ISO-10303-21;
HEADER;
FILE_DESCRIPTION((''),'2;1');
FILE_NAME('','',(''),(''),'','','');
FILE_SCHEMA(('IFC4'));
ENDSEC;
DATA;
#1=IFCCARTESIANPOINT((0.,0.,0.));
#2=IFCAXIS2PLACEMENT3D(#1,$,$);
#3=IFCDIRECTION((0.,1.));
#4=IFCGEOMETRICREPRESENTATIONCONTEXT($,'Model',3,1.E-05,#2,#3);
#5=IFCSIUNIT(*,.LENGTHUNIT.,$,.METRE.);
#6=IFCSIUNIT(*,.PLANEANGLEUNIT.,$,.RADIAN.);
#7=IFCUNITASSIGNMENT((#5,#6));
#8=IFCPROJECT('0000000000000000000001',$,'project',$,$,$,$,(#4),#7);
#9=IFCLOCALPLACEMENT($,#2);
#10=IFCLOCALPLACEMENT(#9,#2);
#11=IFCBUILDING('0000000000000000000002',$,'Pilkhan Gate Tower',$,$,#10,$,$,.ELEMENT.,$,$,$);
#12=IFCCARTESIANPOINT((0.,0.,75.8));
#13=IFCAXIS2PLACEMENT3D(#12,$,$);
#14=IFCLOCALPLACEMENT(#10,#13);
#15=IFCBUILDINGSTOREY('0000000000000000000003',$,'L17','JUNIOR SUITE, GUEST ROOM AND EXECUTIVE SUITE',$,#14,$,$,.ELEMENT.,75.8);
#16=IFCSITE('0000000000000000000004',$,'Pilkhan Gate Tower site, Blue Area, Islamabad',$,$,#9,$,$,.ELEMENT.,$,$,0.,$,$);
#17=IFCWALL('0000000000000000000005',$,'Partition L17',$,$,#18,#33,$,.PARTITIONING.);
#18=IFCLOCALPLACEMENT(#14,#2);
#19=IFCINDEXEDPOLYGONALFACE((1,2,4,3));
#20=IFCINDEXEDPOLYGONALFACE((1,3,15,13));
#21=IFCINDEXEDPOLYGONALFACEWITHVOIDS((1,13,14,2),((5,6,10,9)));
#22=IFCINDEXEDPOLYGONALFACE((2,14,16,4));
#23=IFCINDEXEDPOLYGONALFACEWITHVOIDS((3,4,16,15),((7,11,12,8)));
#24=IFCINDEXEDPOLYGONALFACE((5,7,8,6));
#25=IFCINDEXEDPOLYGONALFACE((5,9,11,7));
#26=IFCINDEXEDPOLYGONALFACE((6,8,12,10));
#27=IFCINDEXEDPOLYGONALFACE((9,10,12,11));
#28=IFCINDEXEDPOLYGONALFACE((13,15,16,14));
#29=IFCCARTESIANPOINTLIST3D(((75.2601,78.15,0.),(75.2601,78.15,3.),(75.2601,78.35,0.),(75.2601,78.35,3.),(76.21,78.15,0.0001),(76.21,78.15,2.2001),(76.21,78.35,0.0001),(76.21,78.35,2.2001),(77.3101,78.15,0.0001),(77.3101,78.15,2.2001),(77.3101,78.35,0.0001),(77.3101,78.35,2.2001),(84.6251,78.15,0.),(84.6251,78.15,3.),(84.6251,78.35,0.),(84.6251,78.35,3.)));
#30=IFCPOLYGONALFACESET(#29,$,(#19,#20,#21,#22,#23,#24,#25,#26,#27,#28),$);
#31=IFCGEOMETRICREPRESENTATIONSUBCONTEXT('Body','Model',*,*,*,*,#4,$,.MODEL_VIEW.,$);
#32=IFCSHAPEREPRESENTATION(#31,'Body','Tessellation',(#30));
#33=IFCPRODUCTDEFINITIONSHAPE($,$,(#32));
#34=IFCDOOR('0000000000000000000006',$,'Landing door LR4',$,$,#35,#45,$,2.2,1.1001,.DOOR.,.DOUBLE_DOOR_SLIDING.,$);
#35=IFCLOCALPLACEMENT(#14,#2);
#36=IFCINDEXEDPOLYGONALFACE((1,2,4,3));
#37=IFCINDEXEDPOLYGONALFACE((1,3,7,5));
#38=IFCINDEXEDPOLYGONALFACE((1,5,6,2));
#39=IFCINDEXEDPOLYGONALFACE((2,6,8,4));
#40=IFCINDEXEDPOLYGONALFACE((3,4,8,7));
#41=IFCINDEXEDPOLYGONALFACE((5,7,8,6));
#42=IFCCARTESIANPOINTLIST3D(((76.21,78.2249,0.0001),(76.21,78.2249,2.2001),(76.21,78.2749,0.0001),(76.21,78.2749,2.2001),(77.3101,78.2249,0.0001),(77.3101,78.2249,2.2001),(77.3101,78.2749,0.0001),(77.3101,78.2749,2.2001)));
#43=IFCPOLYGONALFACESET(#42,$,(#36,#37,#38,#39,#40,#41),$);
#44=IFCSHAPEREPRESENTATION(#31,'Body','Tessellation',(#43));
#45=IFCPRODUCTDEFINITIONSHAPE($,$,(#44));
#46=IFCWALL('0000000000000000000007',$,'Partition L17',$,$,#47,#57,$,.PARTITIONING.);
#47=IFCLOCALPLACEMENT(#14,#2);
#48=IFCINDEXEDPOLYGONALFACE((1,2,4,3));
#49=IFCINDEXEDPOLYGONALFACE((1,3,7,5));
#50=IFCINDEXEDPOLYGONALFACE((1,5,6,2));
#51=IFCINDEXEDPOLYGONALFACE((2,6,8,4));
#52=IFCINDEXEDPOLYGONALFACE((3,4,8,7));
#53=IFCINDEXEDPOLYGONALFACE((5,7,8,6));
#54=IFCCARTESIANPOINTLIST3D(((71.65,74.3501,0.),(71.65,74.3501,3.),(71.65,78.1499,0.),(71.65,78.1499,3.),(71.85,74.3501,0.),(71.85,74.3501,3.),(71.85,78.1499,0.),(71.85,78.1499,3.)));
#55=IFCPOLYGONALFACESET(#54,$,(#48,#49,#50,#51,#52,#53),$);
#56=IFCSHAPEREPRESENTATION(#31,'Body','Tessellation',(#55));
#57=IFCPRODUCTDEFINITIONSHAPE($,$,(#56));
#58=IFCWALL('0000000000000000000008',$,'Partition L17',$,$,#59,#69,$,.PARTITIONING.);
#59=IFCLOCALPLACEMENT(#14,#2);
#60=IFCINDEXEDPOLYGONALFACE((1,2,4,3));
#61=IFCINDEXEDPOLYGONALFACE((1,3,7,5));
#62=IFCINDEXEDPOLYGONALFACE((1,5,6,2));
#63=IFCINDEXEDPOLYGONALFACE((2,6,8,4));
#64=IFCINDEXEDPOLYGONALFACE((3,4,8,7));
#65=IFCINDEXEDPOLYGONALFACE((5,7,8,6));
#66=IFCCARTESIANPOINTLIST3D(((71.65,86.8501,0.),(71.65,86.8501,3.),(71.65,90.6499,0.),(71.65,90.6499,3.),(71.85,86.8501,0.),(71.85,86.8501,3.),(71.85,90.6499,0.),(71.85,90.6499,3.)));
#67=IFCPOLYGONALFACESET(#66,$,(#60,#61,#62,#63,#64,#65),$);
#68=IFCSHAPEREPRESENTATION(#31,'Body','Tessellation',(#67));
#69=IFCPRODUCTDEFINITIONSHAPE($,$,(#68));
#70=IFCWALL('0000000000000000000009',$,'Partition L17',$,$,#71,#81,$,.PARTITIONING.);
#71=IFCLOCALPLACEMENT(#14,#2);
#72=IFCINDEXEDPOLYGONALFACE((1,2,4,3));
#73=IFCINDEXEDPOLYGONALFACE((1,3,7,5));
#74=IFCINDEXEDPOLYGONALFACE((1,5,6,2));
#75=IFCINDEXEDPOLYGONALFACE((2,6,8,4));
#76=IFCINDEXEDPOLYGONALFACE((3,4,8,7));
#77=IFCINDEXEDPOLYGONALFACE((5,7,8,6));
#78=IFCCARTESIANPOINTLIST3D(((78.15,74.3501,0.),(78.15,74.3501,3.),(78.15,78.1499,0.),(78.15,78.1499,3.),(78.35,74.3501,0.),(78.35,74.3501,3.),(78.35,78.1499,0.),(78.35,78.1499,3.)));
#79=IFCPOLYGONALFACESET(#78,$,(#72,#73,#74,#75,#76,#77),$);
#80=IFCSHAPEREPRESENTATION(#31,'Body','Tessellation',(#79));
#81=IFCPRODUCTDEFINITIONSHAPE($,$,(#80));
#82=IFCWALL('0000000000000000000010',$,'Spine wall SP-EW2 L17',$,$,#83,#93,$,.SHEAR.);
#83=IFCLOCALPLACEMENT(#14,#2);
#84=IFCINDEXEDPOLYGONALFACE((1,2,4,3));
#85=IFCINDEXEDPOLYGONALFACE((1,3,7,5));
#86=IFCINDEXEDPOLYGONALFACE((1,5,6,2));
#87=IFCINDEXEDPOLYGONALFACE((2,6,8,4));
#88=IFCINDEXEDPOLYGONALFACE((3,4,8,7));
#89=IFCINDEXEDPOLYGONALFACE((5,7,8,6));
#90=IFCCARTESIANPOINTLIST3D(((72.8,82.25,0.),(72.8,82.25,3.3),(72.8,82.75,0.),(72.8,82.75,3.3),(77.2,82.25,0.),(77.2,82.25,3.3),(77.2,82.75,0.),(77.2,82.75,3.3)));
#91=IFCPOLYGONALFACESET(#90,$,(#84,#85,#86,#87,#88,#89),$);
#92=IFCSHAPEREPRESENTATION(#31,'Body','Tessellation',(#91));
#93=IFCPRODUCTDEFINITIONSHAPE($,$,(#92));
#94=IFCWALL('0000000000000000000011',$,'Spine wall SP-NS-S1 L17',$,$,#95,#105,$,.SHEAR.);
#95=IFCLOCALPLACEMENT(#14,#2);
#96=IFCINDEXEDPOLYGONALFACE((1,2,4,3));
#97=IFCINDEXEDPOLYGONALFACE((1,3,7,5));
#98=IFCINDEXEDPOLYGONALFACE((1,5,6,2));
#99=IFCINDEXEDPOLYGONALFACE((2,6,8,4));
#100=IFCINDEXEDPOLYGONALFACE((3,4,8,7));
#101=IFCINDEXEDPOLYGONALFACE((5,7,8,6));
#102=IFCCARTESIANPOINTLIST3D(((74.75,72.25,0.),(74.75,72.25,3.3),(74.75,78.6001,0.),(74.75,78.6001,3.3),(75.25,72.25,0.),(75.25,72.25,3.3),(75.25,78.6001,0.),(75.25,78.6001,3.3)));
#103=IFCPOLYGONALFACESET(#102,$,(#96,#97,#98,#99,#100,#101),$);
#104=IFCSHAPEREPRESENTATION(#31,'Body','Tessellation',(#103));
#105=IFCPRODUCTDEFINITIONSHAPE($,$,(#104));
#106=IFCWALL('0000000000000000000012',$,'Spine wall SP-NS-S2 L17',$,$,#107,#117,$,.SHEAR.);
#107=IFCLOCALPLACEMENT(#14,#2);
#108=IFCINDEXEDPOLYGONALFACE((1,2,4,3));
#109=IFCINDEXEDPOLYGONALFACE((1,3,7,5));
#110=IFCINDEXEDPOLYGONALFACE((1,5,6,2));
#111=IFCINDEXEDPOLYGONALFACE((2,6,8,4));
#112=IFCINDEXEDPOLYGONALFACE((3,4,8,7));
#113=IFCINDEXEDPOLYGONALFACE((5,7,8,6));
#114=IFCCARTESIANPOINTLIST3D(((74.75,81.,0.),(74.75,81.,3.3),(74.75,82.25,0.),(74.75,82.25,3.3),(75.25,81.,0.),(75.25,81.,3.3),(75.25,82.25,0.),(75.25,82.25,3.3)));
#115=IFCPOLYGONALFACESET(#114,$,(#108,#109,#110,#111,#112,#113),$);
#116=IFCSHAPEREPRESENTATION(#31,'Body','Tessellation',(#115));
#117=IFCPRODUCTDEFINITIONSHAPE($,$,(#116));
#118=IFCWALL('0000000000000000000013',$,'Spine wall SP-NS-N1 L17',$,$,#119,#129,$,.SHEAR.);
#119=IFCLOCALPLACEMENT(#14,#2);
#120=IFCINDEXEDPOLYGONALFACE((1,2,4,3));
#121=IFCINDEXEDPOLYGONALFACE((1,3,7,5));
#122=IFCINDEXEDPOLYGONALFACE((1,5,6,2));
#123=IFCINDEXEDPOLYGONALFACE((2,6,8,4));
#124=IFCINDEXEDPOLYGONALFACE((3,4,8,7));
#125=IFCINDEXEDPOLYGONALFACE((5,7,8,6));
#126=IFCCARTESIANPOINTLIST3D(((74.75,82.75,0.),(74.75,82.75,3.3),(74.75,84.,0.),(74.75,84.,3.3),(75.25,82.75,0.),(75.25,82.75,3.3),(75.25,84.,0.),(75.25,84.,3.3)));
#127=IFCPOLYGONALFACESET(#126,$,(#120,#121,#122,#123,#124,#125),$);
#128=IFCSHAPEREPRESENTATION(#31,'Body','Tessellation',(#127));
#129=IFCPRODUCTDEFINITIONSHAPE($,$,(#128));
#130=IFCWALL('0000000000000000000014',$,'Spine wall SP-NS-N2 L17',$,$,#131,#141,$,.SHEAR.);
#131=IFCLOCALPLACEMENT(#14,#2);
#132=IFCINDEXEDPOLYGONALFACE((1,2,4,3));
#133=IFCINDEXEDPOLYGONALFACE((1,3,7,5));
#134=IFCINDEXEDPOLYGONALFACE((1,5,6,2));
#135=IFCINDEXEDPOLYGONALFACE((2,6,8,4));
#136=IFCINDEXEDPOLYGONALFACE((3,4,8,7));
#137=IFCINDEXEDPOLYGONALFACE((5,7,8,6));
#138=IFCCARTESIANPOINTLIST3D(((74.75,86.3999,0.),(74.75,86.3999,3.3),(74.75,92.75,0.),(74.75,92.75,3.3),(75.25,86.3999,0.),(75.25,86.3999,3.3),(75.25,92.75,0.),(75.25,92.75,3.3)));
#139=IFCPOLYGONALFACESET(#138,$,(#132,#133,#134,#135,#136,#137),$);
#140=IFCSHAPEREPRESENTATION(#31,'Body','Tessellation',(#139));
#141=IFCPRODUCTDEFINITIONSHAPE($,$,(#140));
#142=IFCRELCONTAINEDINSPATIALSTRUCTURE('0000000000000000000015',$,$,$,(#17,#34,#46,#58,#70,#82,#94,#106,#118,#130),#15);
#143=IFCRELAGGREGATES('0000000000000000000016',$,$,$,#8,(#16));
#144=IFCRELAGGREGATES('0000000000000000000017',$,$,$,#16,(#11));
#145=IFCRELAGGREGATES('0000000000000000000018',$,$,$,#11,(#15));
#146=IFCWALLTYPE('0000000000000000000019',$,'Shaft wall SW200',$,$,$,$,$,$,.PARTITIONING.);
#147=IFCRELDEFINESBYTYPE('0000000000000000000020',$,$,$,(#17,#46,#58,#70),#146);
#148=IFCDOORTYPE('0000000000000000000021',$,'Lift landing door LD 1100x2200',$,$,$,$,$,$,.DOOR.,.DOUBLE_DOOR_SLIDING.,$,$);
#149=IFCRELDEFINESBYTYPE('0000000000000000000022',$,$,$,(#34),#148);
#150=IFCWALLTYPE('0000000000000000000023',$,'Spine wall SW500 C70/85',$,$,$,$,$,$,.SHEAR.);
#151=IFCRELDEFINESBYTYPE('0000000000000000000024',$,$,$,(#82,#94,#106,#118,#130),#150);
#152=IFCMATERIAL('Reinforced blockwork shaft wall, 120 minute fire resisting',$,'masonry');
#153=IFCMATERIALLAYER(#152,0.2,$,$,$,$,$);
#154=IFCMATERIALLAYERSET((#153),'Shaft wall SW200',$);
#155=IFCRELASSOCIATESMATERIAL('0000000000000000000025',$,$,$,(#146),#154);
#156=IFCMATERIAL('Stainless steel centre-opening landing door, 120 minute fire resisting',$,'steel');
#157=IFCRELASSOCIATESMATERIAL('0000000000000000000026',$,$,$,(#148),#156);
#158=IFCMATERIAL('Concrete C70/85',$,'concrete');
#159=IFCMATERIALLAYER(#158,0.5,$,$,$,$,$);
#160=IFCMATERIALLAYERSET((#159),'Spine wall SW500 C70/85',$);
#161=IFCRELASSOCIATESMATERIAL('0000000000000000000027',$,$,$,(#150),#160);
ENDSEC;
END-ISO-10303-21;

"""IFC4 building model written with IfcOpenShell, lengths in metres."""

from ifc_helpers import new_model, si_unit, direction, frame, frame_2d, origin, place, context, subcontext, project, spatial, rectangle, extrude, material, layer, layer_set, type_object, element, fill, save


model = new_model("IFC4")

# Units and contexts
model_context = context("Model", 3, precision=1e-05, world=origin(), true_north=direction((0.0, 1.0)))
body_context = subcontext(model_context, "Body", "Model", "MODEL_VIEW")
ifc_project = project(units=[si_unit("LENGTHUNIT", "METRE"), si_unit("PLANEANGLEUNIT", "RADIAN")], contexts=[model_context])

# Site, building, storey
site_placement = place(None, origin())
site = spatial("IfcSite", under=ifc_project, at=site_placement, Name="Pilkhan Gate Tower site, Blue Area, Islamabad", CompositionType="ELEMENT", RefElevation=0.0)
building_placement = place(site_placement, origin())
building = spatial("IfcBuilding", under=site, at=building_placement, Name="Pilkhan Gate Tower", CompositionType="ELEMENT")
storey_placement = place(building_placement, frame((0.0, 0.0, 75.8)))
storey = spatial("IfcBuildingStorey", under=building, at=storey_placement, Name="L17", Description="JUNIOR SUITE, GUEST ROOM AND EXECUTIVE SUITE", CompositionType="ELEMENT", Elevation=75.8)

# Shared definitions
ifc_material_1 = material(Name="Concrete C70/85", Category="concrete")

# Shared definitions
ifc_material_2 = material(Name="Reinforced blockwork shaft wall, 120 minute fire resisting", Category="masonry")
ifc_layer_1 = layer(ifc_material_2, 0.2)
ifc_layer_set_1 = layer_set([ifc_layer_1], Name="Shaft wall SW200")
wall_type_1 = type_object("IfcWallType", Name="Shaft wall SW200", PredefinedType="PARTITIONING", material=ifc_layer_set_1)

# Wall, opening, door
wall_1_placement = place(storey_placement, frame((75.26, 78.25, 0.0), z_axis=(0.0, 0.0, 1.0), x_axis=(1.0, 0.0, 0.0)))
wall_1 = element("IfcWall", 1, at=wall_1_placement, inside=storey, type_object=wall_type_1, Name="Partition L17", PredefinedType="PARTITIONING", context=body_context, shape_type="SweptSolid", body=[
    extrude(rectangle(XDim=9.365, YDim=0.2, at=frame_2d((4.6826, 0.0))), origin(), (0.0, 0.0, 1.0), 3.0),
])
opening_1_placement = place(wall_1_placement, frame((0.95, 0.0, 0.0)))
opening_1 = element("IfcOpeningElement", 2, at=opening_1_placement, cuts=wall_1, PredefinedType="OPENING", context=body_context, shape_type="SweptSolid", body=[
    extrude(rectangle(XDim=1.1001, YDim=2.2, at=frame_2d((0.55, 1.1001))), frame((0.0, 0.1099, 0.0), z_axis=(0.0, -1.0, 0.0), x_axis=(1.0, 0.0, 0.0)), (0.0, 0.0, 1.0), 0.22),
])
ifc_material_3 = material(Name="Stainless steel centre-opening landing door, 120 minute fire resisting", Category="steel")
door_type_1 = type_object("IfcDoorType", Name="Lift landing door LD 1100x2200", OperationType="DOUBLE_DOOR_SLIDING", PredefinedType="DOOR", material=ifc_material_3)
door_1_placement = place(opening_1_placement, origin())
door_1 = element("IfcDoor", 3, at=door_1_placement, inside=storey, type_object=door_type_1, Name="Landing door LR4", OperationType="DOUBLE_DOOR_SLIDING", OverallHeight=2.2, OverallWidth=1.1001, PredefinedType="DOOR", context=body_context, shape_type="SweptSolid", body=[
    extrude(rectangle(XDim=1.1001, YDim=2.2, at=frame_2d((0.55, 1.1001))), frame((0.0, 0.0249, 0.0), z_axis=(0.0, -1.0, 0.0), x_axis=(1.0, 0.0, 0.0)), (0.0, 0.0, 1.0), 0.05),
])
fill(opening_1, door_1)

# Walls
for number, where, z_axis, x_axis, name in (
    (4, (71.75, 74.3501, 0.0), (0.0, 0.0, 1.0), (0.0, 1.0, 0.0), "Partition L17"),
    (5, (71.75, 86.8501, 0.0), (0.0, 0.0, 1.0), (0.0, 1.0, 0.0), "Partition L17"),
    (6, (78.25, 74.3501, 0.0), (0.0, 0.0, 1.0), (0.0, 1.0, 0.0), "Partition L17"),
):
    element("IfcWall", number, at=place(storey_placement, frame(where, z_axis=z_axis, x_axis=x_axis)), inside=storey, type_object=wall_type_1, Name=name, PredefinedType="PARTITIONING", context=body_context, shape_type="SweptSolid", body=[
        extrude(rectangle(XDim=3.7998, YDim=0.2, at=frame_2d((1.8999, 0.0))), origin(), (0.0, 0.0, 1.0), 3.0),
    ])
ifc_layer_2 = layer(ifc_material_1, 0.5)
ifc_layer_set_2 = layer_set([ifc_layer_2], Name="Spine wall SW500 C70/85")
wall_type_2 = type_object("IfcWallType", Name="Spine wall SW500 C70/85", PredefinedType="SHEAR", material=ifc_layer_set_2)
wall_2_placement = place(storey_placement, frame((72.8, 82.5, 0.0), z_axis=(0.0, 0.0, 1.0), x_axis=(1.0, 0.0, 0.0)))
element("IfcWall", 7, at=wall_2_placement, inside=storey, type_object=wall_type_2, Name="Spine wall SP-EW2 L17", PredefinedType="SHEAR", context=body_context, shape_type="SweptSolid", body=[
    extrude(rectangle(XDim=4.3999, YDim=0.5, at=frame_2d((2.2, 0.0))), origin(), (0.0, 0.0, 1.0), 3.3),
])
wall_3_placement = place(storey_placement, frame((75.0, 72.25, 0.0), z_axis=(0.0, 0.0, 1.0), x_axis=(0.0, 1.0, 0.0)))
element("IfcWall", 8, at=wall_3_placement, inside=storey, type_object=wall_type_2, Name="Spine wall SP-NS-S1 L17", PredefinedType="SHEAR", context=body_context, shape_type="SweptSolid", body=[
    extrude(rectangle(XDim=6.3501, YDim=0.5, at=frame_2d((3.175, 0.0))), origin(), (0.0, 0.0, 1.0), 3.3),
])
for number, where, z_axis, x_axis, name in (
    (9, (75.0, 81.0, 0.0), (0.0, 0.0, 1.0), (0.0, 1.0, 0.0), "Spine wall SP-NS-S2 L17"),
    (10, (75.0, 82.75, 0.0), (0.0, 0.0, 1.0), (0.0, 1.0, 0.0), "Spine wall SP-NS-N1 L17"),
):
    element("IfcWall", number, at=place(storey_placement, frame(where, z_axis=z_axis, x_axis=x_axis)), inside=storey, type_object=wall_type_2, Name=name, PredefinedType="SHEAR", context=body_context, shape_type="SweptSolid", body=[
        extrude(rectangle(XDim=1.25, YDim=0.5, at=frame_2d((0.625, 0.0))), origin(), (0.0, 0.0, 1.0), 3.3),
    ])
wall_4_placement = place(storey_placement, frame((75.0, 86.3999, 0.0), z_axis=(0.0, 0.0, 1.0), x_axis=(0.0, 1.0, 0.0)))
element("IfcWall", 11, at=wall_4_placement, inside=storey, type_object=wall_type_2, Name="Spine wall SP-NS-N2 L17", PredefinedType="SHEAR", context=body_context, shape_type="SweptSolid", body=[
    extrude(rectangle(XDim=6.3501, YDim=0.5, at=frame_2d((3.175, 0.0))), origin(), (0.0, 0.0, 1.0), 3.3),
])

save(model, "model.ifc")
